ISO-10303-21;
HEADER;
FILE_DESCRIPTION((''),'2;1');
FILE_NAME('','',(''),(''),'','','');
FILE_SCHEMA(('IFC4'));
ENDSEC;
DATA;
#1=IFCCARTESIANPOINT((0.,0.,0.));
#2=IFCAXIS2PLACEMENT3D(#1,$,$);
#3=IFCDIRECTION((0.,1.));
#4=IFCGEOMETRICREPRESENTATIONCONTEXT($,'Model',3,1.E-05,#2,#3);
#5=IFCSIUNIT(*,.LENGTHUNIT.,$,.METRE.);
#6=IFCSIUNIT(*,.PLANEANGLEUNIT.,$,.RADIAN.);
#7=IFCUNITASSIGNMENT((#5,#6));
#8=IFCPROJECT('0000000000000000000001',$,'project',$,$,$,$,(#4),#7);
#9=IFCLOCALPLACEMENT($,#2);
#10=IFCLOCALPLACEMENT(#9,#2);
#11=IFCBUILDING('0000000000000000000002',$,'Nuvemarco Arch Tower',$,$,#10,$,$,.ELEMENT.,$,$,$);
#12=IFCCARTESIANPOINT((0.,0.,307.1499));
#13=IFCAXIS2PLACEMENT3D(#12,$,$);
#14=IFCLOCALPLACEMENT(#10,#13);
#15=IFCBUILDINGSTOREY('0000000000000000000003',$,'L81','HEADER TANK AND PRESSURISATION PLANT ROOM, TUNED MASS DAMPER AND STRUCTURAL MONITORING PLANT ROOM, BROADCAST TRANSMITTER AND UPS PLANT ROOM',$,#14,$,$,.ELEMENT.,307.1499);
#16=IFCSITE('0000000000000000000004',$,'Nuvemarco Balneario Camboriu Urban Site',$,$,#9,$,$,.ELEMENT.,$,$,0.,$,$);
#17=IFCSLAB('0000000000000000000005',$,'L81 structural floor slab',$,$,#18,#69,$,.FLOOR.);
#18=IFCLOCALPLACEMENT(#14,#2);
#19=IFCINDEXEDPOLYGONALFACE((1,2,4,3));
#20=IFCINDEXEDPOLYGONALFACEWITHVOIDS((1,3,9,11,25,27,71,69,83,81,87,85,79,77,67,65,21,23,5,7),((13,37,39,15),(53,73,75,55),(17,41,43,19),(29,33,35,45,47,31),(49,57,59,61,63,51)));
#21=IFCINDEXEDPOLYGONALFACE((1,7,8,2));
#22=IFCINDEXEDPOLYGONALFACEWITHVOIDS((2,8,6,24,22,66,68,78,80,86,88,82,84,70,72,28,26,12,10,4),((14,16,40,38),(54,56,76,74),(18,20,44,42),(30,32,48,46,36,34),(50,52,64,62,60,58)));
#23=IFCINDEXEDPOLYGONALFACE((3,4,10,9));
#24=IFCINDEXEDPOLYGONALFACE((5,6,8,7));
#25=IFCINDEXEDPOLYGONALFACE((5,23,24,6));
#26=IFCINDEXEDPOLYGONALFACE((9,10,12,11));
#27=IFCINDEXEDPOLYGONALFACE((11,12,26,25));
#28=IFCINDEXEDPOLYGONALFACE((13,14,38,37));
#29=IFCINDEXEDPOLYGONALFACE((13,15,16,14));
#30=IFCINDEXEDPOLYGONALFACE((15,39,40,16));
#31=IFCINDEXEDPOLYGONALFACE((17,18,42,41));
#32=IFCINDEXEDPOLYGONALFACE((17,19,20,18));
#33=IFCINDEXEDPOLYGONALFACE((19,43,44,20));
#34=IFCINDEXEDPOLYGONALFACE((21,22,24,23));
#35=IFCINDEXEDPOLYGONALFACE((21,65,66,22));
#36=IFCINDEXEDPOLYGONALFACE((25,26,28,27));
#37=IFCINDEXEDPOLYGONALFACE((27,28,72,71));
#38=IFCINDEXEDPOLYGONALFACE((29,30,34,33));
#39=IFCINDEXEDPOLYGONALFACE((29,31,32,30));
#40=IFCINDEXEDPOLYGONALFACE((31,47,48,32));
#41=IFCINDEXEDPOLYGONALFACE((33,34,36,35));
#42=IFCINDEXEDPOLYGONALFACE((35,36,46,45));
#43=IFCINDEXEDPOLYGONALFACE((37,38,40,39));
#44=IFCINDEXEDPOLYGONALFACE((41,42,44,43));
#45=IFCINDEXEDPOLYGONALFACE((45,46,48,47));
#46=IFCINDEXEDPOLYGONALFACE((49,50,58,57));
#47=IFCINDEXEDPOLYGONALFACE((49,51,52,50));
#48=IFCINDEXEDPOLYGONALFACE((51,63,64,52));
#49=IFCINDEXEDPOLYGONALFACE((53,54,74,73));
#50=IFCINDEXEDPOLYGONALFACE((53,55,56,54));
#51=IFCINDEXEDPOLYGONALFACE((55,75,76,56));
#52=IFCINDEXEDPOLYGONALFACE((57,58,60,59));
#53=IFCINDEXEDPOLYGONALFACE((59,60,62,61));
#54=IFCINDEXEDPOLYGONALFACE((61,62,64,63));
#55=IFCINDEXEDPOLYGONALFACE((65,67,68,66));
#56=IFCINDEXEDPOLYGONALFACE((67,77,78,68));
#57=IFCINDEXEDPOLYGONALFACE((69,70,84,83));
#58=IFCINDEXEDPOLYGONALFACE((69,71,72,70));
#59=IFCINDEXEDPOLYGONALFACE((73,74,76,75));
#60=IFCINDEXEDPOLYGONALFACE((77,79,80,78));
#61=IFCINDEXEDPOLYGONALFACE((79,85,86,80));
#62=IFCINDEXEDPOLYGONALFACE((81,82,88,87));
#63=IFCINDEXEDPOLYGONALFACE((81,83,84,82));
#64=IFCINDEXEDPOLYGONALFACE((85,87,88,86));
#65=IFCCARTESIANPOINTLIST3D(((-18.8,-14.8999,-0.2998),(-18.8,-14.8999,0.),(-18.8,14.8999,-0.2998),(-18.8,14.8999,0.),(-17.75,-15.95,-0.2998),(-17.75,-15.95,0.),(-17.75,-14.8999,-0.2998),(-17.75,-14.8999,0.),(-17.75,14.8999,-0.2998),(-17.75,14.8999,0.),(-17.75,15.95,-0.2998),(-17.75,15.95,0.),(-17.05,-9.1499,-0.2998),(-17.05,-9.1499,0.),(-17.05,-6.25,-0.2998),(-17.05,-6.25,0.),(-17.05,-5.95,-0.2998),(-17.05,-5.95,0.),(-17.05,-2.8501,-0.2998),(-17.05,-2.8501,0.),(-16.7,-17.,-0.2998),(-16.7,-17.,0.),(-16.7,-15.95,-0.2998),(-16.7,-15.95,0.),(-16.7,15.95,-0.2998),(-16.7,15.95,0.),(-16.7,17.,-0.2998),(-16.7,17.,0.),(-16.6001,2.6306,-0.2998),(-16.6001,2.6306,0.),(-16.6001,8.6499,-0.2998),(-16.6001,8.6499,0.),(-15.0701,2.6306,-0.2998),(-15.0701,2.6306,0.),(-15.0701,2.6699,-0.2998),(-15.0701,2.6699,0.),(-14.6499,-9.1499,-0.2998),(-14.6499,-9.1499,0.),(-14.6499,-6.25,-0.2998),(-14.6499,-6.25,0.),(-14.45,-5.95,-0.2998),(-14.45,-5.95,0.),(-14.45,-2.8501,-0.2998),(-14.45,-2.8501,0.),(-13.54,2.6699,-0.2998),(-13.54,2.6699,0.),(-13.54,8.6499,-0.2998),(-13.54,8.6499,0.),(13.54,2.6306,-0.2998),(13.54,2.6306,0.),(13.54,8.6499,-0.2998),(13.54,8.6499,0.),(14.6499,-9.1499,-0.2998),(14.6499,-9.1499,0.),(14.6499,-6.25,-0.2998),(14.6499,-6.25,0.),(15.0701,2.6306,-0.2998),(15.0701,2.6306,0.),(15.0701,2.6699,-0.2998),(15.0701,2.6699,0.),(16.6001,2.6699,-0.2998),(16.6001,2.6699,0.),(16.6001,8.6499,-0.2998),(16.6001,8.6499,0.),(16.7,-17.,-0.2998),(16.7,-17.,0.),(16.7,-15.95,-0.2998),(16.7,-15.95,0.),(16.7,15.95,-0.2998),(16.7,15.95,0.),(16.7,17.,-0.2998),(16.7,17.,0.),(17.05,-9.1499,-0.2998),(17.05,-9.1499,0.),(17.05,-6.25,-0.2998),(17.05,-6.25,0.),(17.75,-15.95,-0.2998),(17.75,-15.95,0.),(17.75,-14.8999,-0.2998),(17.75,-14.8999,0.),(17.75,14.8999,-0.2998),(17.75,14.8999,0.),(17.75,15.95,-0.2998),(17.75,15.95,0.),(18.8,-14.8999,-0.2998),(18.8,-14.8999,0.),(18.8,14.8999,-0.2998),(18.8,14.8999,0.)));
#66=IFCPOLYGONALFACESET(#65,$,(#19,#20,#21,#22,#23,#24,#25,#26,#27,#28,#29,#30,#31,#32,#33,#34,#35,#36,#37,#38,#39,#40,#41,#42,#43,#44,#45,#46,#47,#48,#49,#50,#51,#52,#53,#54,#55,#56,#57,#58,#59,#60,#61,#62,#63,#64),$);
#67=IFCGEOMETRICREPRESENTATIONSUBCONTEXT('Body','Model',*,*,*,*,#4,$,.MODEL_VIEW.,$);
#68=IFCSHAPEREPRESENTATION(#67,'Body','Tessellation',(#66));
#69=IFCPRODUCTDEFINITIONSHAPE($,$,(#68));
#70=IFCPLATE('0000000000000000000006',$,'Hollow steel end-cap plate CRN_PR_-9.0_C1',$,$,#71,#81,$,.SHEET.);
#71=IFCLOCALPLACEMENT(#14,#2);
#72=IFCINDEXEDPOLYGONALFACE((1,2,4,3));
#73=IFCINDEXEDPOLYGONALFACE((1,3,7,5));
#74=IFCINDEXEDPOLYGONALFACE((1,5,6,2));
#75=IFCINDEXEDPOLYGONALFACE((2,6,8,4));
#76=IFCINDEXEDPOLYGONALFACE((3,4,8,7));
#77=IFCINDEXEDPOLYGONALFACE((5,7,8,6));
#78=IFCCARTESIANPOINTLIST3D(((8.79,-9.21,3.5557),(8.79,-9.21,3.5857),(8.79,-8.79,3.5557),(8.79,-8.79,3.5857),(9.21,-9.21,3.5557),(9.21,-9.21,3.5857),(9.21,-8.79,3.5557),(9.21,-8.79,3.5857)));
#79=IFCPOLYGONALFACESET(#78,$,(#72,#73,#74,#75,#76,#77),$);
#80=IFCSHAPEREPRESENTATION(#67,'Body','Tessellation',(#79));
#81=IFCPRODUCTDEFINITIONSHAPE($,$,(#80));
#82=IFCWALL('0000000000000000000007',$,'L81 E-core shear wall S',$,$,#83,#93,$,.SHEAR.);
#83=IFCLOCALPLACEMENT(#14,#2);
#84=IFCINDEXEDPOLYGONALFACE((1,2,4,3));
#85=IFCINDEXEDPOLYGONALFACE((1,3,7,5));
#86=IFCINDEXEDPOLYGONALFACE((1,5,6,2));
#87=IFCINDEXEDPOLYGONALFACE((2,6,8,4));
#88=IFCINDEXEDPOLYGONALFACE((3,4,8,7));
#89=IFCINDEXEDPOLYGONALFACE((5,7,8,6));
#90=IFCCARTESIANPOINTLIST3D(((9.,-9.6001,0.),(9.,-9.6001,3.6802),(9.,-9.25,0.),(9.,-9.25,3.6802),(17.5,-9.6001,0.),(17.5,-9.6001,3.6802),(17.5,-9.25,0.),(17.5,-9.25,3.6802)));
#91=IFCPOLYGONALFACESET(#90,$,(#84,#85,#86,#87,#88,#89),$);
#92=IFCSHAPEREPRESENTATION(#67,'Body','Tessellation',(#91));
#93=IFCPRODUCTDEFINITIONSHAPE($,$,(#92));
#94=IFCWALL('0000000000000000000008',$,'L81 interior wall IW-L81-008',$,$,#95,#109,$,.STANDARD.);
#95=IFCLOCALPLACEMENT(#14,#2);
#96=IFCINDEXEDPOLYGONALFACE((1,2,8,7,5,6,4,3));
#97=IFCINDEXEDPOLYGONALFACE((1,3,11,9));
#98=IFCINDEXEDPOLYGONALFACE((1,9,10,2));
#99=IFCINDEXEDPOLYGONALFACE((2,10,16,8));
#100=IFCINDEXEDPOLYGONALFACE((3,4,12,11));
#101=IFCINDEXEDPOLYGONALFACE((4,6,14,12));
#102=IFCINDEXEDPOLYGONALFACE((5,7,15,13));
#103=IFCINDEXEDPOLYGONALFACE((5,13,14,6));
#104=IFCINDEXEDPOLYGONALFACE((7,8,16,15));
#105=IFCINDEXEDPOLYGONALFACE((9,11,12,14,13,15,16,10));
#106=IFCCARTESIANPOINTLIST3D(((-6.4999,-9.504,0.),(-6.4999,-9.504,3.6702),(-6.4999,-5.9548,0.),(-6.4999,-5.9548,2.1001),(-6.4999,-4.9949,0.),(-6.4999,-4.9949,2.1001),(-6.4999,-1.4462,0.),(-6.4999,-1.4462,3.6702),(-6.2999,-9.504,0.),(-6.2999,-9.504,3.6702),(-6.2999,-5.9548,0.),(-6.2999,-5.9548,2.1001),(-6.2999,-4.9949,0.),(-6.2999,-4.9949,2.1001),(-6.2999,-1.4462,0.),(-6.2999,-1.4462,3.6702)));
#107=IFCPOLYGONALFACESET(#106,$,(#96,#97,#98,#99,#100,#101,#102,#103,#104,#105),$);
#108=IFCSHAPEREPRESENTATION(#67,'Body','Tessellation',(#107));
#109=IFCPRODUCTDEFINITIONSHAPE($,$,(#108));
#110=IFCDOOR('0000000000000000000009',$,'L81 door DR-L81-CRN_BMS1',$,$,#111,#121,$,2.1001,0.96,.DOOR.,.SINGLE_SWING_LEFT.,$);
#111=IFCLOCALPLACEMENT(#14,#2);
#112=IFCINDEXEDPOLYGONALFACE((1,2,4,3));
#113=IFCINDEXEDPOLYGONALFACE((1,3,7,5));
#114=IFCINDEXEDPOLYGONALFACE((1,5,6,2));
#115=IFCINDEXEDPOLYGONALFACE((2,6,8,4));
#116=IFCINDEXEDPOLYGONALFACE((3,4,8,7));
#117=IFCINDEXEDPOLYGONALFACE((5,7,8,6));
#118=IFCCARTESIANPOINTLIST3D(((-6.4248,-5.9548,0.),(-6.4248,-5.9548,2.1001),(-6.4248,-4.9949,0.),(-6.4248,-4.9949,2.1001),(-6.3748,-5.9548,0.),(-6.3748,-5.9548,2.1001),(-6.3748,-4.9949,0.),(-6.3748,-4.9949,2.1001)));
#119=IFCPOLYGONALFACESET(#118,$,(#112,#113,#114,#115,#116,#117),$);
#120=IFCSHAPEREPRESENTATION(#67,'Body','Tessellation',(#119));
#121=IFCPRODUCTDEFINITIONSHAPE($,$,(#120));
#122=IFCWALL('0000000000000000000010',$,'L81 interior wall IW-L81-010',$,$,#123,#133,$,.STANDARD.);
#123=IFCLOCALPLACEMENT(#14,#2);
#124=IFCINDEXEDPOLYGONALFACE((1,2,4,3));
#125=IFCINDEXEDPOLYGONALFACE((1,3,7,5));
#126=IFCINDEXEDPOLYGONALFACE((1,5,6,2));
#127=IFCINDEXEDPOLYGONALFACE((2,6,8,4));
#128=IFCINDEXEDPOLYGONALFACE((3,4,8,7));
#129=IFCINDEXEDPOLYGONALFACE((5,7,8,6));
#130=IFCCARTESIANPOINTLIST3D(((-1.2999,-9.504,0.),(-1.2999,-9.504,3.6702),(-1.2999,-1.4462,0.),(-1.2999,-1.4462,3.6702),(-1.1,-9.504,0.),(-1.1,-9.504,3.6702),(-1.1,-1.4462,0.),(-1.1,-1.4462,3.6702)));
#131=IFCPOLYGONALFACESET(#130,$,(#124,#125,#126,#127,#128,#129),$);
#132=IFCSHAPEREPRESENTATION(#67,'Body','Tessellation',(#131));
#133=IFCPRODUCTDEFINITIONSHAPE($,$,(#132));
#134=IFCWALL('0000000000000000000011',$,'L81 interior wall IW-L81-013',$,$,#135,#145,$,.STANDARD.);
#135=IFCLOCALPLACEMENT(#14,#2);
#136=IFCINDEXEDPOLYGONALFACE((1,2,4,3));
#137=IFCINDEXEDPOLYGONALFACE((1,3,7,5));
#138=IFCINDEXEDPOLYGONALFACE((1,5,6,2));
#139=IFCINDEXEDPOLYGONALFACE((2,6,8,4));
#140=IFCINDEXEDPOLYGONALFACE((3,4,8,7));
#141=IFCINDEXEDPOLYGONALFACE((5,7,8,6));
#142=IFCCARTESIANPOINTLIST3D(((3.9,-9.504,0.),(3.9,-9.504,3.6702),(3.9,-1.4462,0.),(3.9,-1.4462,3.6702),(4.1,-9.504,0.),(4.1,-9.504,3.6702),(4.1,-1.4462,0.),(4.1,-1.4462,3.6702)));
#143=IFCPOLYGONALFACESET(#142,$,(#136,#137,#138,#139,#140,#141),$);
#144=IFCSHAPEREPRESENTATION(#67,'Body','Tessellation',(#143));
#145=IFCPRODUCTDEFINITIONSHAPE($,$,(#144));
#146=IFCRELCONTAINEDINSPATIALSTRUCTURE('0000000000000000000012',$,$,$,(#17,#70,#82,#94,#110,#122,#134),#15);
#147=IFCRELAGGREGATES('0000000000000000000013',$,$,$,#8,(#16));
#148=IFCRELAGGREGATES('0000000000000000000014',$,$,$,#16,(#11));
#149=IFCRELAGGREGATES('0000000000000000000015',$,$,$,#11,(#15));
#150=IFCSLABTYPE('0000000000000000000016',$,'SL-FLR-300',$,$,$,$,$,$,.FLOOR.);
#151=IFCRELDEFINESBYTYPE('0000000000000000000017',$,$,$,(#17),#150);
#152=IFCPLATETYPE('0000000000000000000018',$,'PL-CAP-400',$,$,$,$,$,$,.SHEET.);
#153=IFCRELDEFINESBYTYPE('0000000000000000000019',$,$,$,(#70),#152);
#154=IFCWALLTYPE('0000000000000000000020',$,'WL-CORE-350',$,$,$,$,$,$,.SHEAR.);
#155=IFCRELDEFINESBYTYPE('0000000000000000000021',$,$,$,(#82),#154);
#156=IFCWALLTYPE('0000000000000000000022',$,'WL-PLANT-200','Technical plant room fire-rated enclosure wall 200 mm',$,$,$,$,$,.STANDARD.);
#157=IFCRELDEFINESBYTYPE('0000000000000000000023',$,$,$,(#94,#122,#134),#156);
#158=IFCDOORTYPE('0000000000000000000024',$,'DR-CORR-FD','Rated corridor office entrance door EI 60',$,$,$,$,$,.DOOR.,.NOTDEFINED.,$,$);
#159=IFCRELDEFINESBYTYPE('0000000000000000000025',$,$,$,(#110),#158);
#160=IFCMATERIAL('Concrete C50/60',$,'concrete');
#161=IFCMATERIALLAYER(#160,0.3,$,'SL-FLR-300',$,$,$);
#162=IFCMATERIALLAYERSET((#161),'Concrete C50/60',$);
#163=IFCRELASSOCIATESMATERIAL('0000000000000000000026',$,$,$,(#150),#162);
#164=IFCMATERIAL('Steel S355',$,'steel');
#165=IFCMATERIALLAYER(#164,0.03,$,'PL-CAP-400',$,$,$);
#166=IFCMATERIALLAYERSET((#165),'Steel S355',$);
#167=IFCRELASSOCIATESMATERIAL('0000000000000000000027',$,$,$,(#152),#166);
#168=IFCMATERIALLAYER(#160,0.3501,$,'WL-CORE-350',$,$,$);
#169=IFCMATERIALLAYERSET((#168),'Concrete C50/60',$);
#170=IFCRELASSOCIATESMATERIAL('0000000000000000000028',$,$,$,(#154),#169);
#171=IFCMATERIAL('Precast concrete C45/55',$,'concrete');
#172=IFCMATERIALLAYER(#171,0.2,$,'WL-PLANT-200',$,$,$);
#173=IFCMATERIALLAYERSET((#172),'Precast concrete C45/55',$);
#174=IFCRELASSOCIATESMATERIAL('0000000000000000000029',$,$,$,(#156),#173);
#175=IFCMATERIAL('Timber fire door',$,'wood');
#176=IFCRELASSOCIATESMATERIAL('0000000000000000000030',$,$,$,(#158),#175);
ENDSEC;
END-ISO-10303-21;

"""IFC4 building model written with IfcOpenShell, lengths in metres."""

from ifc_helpers import new_model, si_unit, direction, frame, frame_2d, origin, origin_2d, place, context, subcontext, project, spatial, polyline, rectangle, outline, extrude, source, transform, mapped, material, layer, layer_set, type_object, type_shapes, element, fill, save


model = new_model("IFC4")

# Units and contexts
model_context = context("Model", 3, precision=1e-05, world=origin(), true_north=direction((0.0, 1.0)))
body_context = subcontext(model_context, "Body", "Model", "MODEL_VIEW")
ifc_project = project(units=[si_unit("LENGTHUNIT", "METRE"), si_unit("PLANEANGLEUNIT", "RADIAN")], contexts=[model_context])

# Site, building, storey
site_placement = place(None, origin())
site = spatial("IfcSite", under=ifc_project, at=site_placement, Name="Nuvemarco Balneario Camboriu Urban Site", CompositionType="ELEMENT", RefElevation=0.0)
building_placement = place(site_placement, origin())
building = spatial("IfcBuilding", under=site, at=building_placement, Name="Nuvemarco Arch Tower", CompositionType="ELEMENT")
storey_placement = place(building_placement, frame((0.0, 0.0, 307.1499)))
storey = spatial("IfcBuildingStorey", under=building, at=storey_placement, Name="L81", Description="HEADER TANK AND PRESSURISATION PLANT ROOM, TUNED MASS DAMPER AND STRUCTURAL MONITORING PLANT ROOM, BROADCAST TRANSMITTER AND UPS PLANT ROOM", CompositionType="ELEMENT", Elevation=307.1499)

# Shared definitions
ifc_material_1 = material(Name="Concrete C50/60", Category="concrete")

# Shared definitions
ifc_material_2 = material(Name="Steel S355", Category="steel")

# Slab
ifc_layer_1 = layer(ifc_material_1, 0.3, Name="SL-FLR-300")
ifc_layer_set_1 = layer_set([ifc_layer_1], Name="Concrete C50/60")
slab_type = type_object("IfcSlabType", Name="SL-FLR-300", PredefinedType="FLOOR", material=ifc_layer_set_1)
slab_placement = place(storey_placement, frame((0.0, 0.0, -0.2998)))
element("IfcSlab", 1, at=slab_placement, inside=storey, type_object=slab_type, Name="L81 structural floor slab", PredefinedType="FLOOR", context=body_context, shape_type="SweptSolid", body=[
    extrude(outline(polyline([(-16.7, -17.0), (16.7, -17.0), (16.7, -15.95), (17.75, -15.95), (17.75, -14.8999), (18.8, -14.8999), (18.8, 14.8999), (17.75, 14.8999), (17.75, 15.95), (16.7, 15.95), (16.7, 17.0), (-16.7, 17.0), (-16.7, 15.95), (-17.75, 15.95), (-17.75, 14.8999), (-18.8, 14.8999), (-18.8, -14.8999), (-17.75, -14.8999), (-17.75, -15.95), (-16.7, -15.95), (-16.7, -17.0)]), holes=[polyline([(-13.54, 2.6699), (-13.54, 8.6499), (-16.6001, 8.6499), (-16.6001, 2.6306), (-15.0701, 2.6306), (-15.0701, 2.6699), (-13.54, 2.6699)]), polyline([(16.6001, 2.6699), (16.6001, 8.6499), (13.54, 8.6499), (13.54, 2.6306), (15.0701, 2.6306), (15.0701, 2.6699), (16.6001, 2.6699)]), polyline([(-17.05, -9.1499), (-14.6499, -9.1499), (-14.6499, -6.25), (-17.05, -6.25), (-17.05, -9.1499)]), polyline([(-17.05, -5.95), (-14.45, -5.95), (-14.45, -2.8501), (-17.05, -2.8501), (-17.05, -5.95)]), polyline([(14.6499, -9.1499), (17.05, -9.1499), (17.05, -6.25), (14.6499, -6.25), (14.6499, -9.1499)])]), origin(), (0.0, 0.0, 1.0), 0.2998),
])

# Plate
ifc_layer_2 = layer(ifc_material_2, 0.03, Name="PL-CAP-400")
ifc_layer_set_2 = layer_set([ifc_layer_2], Name="Steel S355")
plate_type = type_object("IfcPlateType", Name="PL-CAP-400", PredefinedType="SHEET", material=ifc_layer_set_2)
shared_shape_1 = source(origin(), body_context, "Body", "SweptSolid", [
    extrude(rectangle(XDim=0.4199, YDim=0.4199, at=origin_2d()), origin(), (0.0, 0.0, 1.0), 0.03),
])
type_shapes(plate_type, [shared_shape_1])
plate_placement = place(storey_placement, frame((9.0, -9.0, 3.5557), z_axis=(0.0, 0.0, 1.0), x_axis=(1.0, 0.0, 0.0)))
element("IfcPlate", 2, at=plate_placement, inside=storey, type_object=plate_type, Name="Hollow steel end-cap plate CRN_PR_-9.0_C1", PredefinedType="SHEET", context=body_context, shape_type="MappedRepresentation", body=[
    mapped(shared_shape_1, transform((0.0, 0.0, 0.0), scale=1.0)),
])

# Wall
ifc_layer_3 = layer(ifc_material_1, 0.3501, Name="WL-CORE-350")
ifc_layer_set_3 = layer_set([ifc_layer_3], Name="Concrete C50/60")
wall_type_1 = type_object("IfcWallType", Name="WL-CORE-350", PredefinedType="SHEAR", material=ifc_layer_set_3)
wall_1_placement = place(storey_placement, frame((9.0, -9.425, 0.0), z_axis=(0.0, 0.0, 1.0), x_axis=(1.0, 0.0, 0.0)))
element("IfcWall", 3, at=wall_1_placement, inside=storey, type_object=wall_type_1, Name="L81 E-core shear wall S", PredefinedType="SHEAR", context=body_context, shape_type="SweptSolid", body=[
    extrude(rectangle(XDim=8.5, YDim=0.3501, at=frame_2d((4.25, 0.0))), origin(), (0.0, 0.0, 1.0), 3.6802),
])

# Wall, opening, door
ifc_material_3 = material(Name="Precast concrete C45/55", Category="concrete")
ifc_layer_4 = layer(ifc_material_3, 0.2, Name="WL-PLANT-200")
ifc_layer_set_4 = layer_set([ifc_layer_4], Name="Precast concrete C45/55")
wall_type_2 = type_object("IfcWallType", Name="WL-PLANT-200", Description="Technical plant room fire-rated enclosure wall 200 mm", PredefinedType="STANDARD", material=ifc_layer_set_4)
wall_2_placement = place(storey_placement, frame((-6.3999, -9.5039, 0.0), z_axis=(0.0, 0.0, 1.0), x_axis=(0.0, 1.0, 0.0)))
wall_2 = element("IfcWall", 4, at=wall_2_placement, inside=storey, type_object=wall_type_2, Name="L81 interior wall IW-L81-008", PredefinedType="STANDARD", context=body_context, shape_type="SweptSolid", body=[
    extrude(rectangle(XDim=8.0579, YDim=0.2, at=frame_2d((4.0288, 0.0))), origin(), (0.0, 0.0, 1.0), 3.6702),
])
opening_placement = place(wall_2_placement, frame((3.5491, 0.0, 0.0)))
opening = element("IfcOpeningElement", 5, at=opening_placement, cuts=wall_2, PredefinedType="OPENING", context=body_context, shape_type="SweptSolid", body=[
    extrude(rectangle(XDim=0.96, YDim=2.1001, at=frame_2d((0.48, 1.05))), frame((0.0, 0.1099, 0.0), z_axis=(0.0, -1.0, 0.0), x_axis=(1.0, 0.0, 0.0)), (0.0, 0.0, 1.0), 0.22),
])
ifc_material_4 = material(Name="Timber fire door", Category="wood")
door_type = type_object("IfcDoorType", Name="DR-CORR-FD", Description="Rated corridor office entrance door EI 60", OperationType="NOTDEFINED", PredefinedType="DOOR", material=ifc_material_4)
shared_shape_2 = source(origin(), body_context, "Body", "SweptSolid", [
    extrude(rectangle(XDim=0.96, YDim=2.1001, at=frame_2d((0.48, 1.05))), frame((0.0, 0.0249, 0.0), z_axis=(0.0, -1.0, 0.0), x_axis=(1.0, 0.0, 0.0)), (0.0, 0.0, 1.0), 0.05),
])
type_shapes(door_type, [shared_shape_2])
door_placement = place(opening_placement, origin())
door = element("IfcDoor", 6, at=door_placement, inside=storey, type_object=door_type, Name="L81 door DR-L81-CRN_BMS1", OperationType="SINGLE_SWING_LEFT", OverallHeight=2.1001, OverallWidth=0.96, PredefinedType="DOOR", context=body_context, shape_type="MappedRepresentation", body=[
    mapped(shared_shape_2, transform((0.0, 0.0, 0.0), scale=1.0)),
])
fill(opening, door)

# Walls
for number, where, z_axis, x_axis, name in (
    (7, (-1.2, -9.5039, 0.0), (0.0, 0.0, 1.0), (0.0, 1.0, 0.0), "L81 interior wall IW-L81-010"),
    (8, (4.0, -9.5039, 0.0), (0.0, 0.0, 1.0), (0.0, 1.0, 0.0), "L81 interior wall IW-L81-013"),
):
    element("IfcWall", number, at=place(storey_placement, frame(where, z_axis=z_axis, x_axis=x_axis)), inside=storey, type_object=wall_type_2, Name=name, PredefinedType="STANDARD", context=body_context, shape_type="SweptSolid", body=[
        extrude(rectangle(XDim=8.0579, YDim=0.2, at=frame_2d((4.0288, 0.0))), origin(), (0.0, 0.0, 1.0), 3.6702),
    ])

save(model, "model.ifc")
